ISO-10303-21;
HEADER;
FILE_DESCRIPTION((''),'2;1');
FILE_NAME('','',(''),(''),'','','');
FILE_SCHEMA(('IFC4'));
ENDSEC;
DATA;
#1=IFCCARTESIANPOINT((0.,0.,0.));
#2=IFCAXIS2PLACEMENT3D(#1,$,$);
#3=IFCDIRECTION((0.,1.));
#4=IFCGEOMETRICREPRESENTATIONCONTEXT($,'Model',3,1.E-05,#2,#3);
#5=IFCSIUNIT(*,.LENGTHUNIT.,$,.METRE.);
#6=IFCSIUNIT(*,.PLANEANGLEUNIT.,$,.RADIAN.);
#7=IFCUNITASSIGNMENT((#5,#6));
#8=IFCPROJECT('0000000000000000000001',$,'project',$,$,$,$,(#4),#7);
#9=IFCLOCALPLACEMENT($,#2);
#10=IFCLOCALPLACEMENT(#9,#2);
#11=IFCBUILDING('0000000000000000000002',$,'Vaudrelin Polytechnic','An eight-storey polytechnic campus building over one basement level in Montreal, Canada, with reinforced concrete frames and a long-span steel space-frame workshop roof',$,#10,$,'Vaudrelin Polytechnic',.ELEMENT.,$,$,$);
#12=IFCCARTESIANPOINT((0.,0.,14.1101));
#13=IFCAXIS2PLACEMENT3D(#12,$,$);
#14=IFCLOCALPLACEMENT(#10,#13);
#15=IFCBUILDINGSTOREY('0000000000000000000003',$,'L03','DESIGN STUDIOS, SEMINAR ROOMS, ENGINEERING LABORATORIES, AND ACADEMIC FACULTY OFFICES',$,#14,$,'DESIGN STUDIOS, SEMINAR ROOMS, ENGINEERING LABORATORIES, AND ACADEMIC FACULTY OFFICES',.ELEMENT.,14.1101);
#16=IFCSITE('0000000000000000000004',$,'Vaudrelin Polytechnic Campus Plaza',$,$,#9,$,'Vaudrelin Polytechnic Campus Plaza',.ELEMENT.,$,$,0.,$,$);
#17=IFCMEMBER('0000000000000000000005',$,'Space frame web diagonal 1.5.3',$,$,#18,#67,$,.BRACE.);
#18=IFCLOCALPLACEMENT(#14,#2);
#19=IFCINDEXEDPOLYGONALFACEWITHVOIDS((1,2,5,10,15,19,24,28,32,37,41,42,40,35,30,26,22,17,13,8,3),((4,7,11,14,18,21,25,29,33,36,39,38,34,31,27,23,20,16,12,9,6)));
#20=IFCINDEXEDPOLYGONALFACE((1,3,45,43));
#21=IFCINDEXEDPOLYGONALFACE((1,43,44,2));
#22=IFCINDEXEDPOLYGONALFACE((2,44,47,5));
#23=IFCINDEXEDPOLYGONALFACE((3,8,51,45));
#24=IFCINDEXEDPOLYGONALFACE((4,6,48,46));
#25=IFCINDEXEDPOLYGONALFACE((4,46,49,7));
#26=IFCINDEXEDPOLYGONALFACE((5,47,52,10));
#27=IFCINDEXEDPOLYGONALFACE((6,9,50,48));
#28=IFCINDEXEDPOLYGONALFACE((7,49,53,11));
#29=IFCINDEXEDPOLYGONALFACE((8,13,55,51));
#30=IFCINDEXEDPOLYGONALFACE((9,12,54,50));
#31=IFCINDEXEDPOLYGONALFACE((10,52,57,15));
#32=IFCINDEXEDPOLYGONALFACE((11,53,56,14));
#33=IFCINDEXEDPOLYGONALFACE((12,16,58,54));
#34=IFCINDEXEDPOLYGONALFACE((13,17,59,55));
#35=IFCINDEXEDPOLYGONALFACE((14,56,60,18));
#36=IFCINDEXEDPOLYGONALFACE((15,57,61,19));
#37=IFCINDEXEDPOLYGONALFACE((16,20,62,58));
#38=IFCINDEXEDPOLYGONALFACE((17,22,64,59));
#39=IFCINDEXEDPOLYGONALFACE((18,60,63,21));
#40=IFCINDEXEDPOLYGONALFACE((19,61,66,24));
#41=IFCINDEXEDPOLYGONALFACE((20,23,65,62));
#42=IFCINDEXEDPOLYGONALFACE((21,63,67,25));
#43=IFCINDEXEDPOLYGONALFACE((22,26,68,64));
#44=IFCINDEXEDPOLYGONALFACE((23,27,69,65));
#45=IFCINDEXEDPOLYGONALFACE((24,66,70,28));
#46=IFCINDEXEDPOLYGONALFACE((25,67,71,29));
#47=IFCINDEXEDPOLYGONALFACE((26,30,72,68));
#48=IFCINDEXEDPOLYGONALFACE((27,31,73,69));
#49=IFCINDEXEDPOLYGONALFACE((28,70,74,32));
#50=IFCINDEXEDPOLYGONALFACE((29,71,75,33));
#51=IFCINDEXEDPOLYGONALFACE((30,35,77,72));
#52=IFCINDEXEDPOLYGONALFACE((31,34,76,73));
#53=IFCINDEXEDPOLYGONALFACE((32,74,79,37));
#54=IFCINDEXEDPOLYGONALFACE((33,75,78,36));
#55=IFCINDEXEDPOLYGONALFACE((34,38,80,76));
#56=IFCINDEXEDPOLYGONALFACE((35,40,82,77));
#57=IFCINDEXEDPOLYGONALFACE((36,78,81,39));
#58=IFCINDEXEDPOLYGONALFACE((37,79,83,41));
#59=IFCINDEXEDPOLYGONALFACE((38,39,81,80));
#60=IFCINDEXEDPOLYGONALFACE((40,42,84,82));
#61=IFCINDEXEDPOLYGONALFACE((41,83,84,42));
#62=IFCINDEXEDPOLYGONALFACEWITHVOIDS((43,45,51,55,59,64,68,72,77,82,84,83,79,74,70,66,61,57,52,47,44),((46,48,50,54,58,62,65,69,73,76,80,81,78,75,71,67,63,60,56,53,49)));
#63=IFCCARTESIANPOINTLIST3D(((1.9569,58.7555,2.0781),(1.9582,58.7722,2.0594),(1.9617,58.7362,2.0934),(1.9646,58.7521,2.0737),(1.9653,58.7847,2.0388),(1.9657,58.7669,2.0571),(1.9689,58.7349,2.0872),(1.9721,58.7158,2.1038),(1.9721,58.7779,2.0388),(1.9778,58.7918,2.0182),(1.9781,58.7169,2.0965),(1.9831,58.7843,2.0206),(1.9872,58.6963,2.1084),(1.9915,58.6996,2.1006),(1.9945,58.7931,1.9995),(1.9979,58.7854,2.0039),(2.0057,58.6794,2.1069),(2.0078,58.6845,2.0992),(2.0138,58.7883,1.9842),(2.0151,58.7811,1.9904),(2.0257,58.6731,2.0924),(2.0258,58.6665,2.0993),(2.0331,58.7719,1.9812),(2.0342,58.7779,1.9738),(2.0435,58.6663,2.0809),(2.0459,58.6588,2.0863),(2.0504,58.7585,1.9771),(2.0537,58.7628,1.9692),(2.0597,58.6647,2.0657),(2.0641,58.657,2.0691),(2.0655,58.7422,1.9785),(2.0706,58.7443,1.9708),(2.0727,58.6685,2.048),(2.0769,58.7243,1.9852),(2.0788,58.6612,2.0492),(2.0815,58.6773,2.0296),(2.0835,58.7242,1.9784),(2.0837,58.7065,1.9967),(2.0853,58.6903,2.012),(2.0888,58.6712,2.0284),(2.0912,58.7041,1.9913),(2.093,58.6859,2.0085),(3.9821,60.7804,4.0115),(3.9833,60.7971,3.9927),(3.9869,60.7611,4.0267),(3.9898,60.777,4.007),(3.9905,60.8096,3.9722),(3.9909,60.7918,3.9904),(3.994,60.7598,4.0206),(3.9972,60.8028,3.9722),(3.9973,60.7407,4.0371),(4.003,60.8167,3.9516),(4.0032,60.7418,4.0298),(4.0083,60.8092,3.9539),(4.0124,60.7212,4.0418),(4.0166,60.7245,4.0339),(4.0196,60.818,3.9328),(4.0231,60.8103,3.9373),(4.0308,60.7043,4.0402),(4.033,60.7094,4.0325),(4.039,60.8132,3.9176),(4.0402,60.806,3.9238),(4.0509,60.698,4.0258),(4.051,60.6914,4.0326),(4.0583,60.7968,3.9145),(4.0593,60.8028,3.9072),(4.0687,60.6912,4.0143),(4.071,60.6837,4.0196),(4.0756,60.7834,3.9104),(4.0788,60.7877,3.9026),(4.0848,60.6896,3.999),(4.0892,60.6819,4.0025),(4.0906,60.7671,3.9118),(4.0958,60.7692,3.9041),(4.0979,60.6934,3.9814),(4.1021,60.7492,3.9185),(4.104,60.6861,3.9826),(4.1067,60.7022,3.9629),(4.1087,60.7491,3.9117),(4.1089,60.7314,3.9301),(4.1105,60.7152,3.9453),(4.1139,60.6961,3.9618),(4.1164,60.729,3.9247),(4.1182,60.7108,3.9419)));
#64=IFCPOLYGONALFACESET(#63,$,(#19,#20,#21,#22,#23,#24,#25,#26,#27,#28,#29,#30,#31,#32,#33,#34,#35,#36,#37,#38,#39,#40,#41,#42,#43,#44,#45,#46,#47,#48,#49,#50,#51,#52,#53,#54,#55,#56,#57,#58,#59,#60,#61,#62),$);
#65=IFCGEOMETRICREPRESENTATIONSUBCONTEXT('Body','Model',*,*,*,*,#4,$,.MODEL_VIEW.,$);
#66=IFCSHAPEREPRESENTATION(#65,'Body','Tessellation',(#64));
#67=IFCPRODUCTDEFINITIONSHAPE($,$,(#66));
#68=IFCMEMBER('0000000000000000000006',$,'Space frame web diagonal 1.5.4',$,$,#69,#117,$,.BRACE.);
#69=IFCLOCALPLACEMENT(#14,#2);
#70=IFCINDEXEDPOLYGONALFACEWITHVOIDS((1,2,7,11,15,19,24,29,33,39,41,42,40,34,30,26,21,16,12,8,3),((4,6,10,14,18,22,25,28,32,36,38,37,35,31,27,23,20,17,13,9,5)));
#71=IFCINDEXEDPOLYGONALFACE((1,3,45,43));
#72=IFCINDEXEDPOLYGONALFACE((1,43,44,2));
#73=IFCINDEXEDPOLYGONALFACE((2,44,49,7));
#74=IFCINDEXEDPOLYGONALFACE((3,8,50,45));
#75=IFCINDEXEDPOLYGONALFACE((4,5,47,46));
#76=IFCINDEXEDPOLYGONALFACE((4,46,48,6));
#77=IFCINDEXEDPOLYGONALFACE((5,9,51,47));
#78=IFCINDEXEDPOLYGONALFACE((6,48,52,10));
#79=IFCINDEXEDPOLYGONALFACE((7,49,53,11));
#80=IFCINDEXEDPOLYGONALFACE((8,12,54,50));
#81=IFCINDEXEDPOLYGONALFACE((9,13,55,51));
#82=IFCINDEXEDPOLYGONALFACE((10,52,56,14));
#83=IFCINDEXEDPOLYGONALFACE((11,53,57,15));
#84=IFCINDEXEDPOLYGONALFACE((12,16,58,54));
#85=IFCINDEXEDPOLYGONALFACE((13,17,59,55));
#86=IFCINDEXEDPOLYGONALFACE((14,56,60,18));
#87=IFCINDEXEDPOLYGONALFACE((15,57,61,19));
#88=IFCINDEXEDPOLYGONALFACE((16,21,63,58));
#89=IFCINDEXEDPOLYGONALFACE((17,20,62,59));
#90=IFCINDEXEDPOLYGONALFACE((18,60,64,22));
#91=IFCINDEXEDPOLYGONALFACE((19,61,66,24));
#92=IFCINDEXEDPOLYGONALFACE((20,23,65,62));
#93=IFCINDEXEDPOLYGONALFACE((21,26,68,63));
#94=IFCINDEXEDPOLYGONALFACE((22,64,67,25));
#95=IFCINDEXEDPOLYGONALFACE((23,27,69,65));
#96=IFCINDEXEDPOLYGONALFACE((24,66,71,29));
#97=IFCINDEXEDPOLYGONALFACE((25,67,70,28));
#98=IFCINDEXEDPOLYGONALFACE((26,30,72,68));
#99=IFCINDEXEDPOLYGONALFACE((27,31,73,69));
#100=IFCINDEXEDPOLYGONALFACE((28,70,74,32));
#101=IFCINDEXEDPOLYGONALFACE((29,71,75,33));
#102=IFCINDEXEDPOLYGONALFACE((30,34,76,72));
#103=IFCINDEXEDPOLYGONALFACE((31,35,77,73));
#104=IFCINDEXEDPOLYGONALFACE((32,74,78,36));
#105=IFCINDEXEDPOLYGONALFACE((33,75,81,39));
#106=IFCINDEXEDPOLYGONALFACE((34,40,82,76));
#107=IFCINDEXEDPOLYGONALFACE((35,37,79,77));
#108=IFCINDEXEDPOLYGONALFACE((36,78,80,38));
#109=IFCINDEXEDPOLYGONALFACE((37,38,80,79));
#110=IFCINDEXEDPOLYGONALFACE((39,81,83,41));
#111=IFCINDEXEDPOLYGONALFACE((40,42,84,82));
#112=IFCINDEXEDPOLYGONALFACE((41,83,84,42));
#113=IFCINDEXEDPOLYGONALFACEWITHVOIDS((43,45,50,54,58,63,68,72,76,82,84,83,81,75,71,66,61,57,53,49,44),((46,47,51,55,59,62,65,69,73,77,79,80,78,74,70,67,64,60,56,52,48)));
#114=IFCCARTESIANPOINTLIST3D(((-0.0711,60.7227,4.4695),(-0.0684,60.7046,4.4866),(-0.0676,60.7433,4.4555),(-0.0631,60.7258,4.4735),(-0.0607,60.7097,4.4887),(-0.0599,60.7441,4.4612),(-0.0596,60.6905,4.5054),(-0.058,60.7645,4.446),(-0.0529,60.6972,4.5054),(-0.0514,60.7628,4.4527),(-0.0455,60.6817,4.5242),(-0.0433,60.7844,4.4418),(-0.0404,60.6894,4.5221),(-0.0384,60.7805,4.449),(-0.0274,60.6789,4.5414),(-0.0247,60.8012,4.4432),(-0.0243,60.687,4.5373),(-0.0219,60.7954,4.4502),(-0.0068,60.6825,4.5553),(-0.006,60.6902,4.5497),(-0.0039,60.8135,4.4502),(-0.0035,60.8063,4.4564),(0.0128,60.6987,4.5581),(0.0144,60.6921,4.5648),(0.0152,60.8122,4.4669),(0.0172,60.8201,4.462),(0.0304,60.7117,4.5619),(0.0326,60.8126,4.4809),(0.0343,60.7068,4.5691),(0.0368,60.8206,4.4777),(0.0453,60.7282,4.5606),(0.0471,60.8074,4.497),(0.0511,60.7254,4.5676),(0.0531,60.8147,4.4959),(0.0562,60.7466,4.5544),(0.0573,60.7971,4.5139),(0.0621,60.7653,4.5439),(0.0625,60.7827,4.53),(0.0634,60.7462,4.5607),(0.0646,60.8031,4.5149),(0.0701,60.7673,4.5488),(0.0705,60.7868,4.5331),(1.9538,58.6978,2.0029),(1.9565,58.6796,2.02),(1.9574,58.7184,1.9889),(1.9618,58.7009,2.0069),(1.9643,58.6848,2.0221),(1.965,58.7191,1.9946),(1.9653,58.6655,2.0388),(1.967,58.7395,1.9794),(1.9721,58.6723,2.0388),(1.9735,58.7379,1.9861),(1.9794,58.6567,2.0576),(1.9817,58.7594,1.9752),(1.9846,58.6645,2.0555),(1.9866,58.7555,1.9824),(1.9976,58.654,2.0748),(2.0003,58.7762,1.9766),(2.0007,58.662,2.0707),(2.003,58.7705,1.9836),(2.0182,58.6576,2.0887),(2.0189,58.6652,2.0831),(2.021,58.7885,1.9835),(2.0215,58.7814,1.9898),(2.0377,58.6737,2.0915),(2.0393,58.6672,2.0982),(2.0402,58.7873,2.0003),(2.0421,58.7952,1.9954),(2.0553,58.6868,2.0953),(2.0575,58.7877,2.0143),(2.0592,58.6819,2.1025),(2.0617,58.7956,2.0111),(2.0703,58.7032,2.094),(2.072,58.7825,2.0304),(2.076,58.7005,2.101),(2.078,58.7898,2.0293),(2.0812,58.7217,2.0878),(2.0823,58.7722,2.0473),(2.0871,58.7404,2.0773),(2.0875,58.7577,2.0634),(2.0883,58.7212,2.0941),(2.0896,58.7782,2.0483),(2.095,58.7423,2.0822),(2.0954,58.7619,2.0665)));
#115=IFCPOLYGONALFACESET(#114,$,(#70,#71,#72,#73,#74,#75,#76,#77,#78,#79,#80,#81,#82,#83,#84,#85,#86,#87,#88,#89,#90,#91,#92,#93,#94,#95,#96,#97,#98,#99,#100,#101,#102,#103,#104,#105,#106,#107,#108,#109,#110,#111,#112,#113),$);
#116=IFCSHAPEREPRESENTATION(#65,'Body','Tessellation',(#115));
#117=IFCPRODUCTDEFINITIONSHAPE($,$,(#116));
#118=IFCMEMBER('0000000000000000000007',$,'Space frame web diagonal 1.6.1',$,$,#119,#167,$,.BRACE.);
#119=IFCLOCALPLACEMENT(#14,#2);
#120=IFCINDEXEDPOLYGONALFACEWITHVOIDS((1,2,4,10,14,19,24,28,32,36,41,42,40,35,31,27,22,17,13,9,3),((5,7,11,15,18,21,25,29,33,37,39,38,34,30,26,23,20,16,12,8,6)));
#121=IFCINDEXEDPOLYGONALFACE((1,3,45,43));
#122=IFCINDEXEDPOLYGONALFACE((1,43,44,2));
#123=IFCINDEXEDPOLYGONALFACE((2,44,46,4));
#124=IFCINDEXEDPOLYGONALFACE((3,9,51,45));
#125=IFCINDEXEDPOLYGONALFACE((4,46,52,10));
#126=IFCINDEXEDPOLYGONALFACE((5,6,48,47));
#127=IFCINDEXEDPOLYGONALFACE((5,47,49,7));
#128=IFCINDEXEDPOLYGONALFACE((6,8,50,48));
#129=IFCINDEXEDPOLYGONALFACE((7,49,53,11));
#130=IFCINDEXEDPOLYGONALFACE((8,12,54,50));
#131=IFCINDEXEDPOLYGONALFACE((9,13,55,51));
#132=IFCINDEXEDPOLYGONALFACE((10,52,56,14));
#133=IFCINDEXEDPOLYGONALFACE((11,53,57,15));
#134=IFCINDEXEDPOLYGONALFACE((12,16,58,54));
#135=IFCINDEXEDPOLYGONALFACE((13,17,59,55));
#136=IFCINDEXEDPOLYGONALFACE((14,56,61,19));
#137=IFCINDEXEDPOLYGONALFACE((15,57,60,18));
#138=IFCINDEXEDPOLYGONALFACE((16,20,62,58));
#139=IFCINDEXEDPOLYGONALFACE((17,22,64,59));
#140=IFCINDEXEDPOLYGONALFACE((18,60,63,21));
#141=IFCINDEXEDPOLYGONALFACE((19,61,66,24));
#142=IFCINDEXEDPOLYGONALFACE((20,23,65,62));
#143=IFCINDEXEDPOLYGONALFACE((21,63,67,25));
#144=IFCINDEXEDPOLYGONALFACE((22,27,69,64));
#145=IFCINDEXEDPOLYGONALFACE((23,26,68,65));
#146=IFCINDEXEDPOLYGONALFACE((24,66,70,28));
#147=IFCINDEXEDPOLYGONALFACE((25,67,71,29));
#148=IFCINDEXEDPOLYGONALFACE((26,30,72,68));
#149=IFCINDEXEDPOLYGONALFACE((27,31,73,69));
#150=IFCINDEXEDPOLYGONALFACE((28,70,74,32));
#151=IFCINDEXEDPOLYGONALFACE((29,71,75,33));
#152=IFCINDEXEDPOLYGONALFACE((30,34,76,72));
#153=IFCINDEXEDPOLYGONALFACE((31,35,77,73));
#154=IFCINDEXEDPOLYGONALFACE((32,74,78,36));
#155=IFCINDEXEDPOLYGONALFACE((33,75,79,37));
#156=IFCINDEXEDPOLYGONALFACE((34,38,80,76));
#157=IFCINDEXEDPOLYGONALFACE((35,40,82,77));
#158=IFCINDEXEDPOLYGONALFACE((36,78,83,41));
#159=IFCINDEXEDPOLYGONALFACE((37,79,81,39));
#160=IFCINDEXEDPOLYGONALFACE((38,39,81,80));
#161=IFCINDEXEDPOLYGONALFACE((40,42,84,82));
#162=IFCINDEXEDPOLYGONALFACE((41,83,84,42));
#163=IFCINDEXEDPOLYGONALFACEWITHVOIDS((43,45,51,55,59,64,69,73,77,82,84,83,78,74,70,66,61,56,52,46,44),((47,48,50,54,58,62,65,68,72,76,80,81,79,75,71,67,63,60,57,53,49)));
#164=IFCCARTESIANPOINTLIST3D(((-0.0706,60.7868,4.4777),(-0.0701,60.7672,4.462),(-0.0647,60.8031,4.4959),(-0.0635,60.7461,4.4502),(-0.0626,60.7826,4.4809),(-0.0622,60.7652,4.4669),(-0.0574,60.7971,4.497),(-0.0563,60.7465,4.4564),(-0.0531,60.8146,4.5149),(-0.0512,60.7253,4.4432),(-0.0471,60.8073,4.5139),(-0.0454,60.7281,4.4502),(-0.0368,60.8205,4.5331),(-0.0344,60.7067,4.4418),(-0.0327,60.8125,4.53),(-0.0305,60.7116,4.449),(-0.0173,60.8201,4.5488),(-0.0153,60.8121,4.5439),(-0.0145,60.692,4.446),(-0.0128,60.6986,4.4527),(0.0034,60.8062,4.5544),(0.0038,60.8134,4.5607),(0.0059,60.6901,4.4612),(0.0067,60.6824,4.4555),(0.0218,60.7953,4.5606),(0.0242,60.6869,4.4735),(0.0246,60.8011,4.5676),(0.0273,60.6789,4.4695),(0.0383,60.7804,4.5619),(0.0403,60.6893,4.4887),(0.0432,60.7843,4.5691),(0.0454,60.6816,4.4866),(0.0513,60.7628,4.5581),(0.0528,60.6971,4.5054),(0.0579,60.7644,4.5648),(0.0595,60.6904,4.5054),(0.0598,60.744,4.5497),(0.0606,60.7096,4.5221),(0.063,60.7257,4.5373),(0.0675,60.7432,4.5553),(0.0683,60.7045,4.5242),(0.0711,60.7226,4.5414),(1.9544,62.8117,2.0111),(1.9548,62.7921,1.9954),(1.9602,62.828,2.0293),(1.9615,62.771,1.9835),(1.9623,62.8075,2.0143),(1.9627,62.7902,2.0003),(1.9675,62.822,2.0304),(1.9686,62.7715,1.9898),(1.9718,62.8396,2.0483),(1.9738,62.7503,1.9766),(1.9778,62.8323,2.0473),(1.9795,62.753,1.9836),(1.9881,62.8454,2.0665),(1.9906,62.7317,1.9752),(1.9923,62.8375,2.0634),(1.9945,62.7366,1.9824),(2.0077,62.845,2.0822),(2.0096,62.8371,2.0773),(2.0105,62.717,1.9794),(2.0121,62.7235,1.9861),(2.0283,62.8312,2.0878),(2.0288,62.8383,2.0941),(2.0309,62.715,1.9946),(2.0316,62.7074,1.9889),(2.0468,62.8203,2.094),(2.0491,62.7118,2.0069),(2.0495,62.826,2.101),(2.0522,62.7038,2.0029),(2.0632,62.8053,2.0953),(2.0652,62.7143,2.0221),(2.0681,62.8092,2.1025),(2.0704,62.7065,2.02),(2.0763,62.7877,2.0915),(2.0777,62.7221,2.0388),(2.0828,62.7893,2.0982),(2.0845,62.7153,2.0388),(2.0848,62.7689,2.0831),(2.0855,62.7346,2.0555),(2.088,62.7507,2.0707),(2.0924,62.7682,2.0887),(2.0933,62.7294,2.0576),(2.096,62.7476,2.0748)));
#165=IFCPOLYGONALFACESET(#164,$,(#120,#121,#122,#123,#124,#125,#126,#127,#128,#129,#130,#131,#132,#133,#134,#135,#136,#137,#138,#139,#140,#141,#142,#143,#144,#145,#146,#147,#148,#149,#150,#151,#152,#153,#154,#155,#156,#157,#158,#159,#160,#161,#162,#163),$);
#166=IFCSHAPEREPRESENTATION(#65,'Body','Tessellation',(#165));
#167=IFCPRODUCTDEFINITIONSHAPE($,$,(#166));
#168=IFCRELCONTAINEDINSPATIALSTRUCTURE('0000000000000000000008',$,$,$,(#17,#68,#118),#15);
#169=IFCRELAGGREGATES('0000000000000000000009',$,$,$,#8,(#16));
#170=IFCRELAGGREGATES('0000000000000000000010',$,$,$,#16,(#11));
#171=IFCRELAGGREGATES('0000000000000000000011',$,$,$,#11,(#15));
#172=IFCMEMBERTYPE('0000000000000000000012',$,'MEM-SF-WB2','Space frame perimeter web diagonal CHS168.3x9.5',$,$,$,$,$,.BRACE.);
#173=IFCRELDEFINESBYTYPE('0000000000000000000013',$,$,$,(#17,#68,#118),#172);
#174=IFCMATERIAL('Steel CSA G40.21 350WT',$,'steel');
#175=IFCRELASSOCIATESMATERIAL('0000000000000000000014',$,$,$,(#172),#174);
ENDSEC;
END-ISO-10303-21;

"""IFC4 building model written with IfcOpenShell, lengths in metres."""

from ifc_helpers import new_model, si_unit, direction, frame, origin, origin_2d, place, context, subcontext, project, spatial, hollow_circle, extrude, material, material_profile, profile_set, type_object, element, save


model = new_model("IFC4")

# Units and contexts
model_context = context("Model", 3, precision=1e-05, world=origin(), true_north=direction((0.0, 1.0)))
body_context = subcontext(model_context, "Body", "Model", "MODEL_VIEW")
ifc_project = project(units=[si_unit("LENGTHUNIT", "METRE"), si_unit("PLANEANGLEUNIT", "RADIAN")], contexts=[model_context])

# Site, building, storey
site_placement = place(None, origin())
site = spatial("IfcSite", under=ifc_project, at=site_placement, Name="Vaudrelin Polytechnic Campus Plaza", LongName="Vaudrelin Polytechnic Campus Plaza", CompositionType="ELEMENT", RefElevation=0.0)
building_placement = place(site_placement, origin())
building = spatial("IfcBuilding", under=site, at=building_placement, Name="Vaudrelin Polytechnic", Description="An eight-storey polytechnic campus building over one basement level in Montreal, Canada, with reinforced concrete frames and a long-span steel space-frame workshop roof", LongName="Vaudrelin Polytechnic", CompositionType="ELEMENT")
storey_placement = place(building_placement, frame((0.0, 0.0, 14.1101)))
storey = spatial("IfcBuildingStorey", under=building, at=storey_placement, Name="L03", Description="DESIGN STUDIOS, SEMINAR ROOMS, ENGINEERING LABORATORIES, AND ACADEMIC FACULTY OFFICES", LongName="DESIGN STUDIOS, SEMINAR ROOMS, ENGINEERING LABORATORIES, AND ACADEMIC FACULTY OFFICES", CompositionType="ELEMENT", Elevation=14.1101)

# Members
ifc_material_1 = material(Name="Steel CSA G40.21 350WT", Category="steel")
ifc_material_profile_1 = material_profile(ifc_material_1, hollow_circle(Radius=0.0842, WallThickness=0.0095, at=origin_2d()), Name="CHS168.3x9.5")
ifc_profile_set_1 = profile_set([ifc_material_profile_1], Name="Steel CSA G40.21 350WT")
member_type_1 = type_object("IfcMemberType", Name="MEM-SF-WB2", Description="Space frame perimeter web diagonal CHS168.3x9.5", PredefinedType="BRACE", material=ifc_profile_set_1)
member_1_placement = place(storey_placement, frame((2.0249, 58.7251, 2.0388), z_axis=(0.586094, 0.586023, 0.559527), x_axis=(-0.707064, 0.707149, 0.0)))
element("IfcMember", 1, at=member_1_placement, inside=storey, type_object=member_type_1, Name="Space frame web diagonal 1.5.3", PredefinedType="BRACE", context=body_context, shape_type="SweptSolid", body=[
    extrude(hollow_circle(Radius=0.0842, WallThickness=0.0095, at=origin_2d()), origin(), (0.0, 0.0, 1.0), 3.4553),
])
for number, where, z_axis, x_axis, name in (
    (2, (2.0249, 58.7251, 2.0388), (-0.535765, 0.535765, 0.65262), (-0.707107, -0.707107, 0.0), "Space frame web diagonal 1.5.4"),
    (3, (2.0249, 62.7749, 2.0388), (-0.535765, -0.535765, 0.65262), (0.707107, -0.707107, 0.0), "Space frame web diagonal 1.6.1"),
):
    element("IfcMember", number, at=place(storey_placement, frame(where, z_axis=z_axis, x_axis=x_axis)), inside=storey, type_object=member_type_1, Name=name, PredefinedType="BRACE", context=body_context, shape_type="SweptSolid", body=[
        extrude(hollow_circle(Radius=0.0842, WallThickness=0.0095, at=origin_2d()), origin(), (0.0, 0.0, 1.0), 3.7795),
    ])

save(model, "model.ifc")
